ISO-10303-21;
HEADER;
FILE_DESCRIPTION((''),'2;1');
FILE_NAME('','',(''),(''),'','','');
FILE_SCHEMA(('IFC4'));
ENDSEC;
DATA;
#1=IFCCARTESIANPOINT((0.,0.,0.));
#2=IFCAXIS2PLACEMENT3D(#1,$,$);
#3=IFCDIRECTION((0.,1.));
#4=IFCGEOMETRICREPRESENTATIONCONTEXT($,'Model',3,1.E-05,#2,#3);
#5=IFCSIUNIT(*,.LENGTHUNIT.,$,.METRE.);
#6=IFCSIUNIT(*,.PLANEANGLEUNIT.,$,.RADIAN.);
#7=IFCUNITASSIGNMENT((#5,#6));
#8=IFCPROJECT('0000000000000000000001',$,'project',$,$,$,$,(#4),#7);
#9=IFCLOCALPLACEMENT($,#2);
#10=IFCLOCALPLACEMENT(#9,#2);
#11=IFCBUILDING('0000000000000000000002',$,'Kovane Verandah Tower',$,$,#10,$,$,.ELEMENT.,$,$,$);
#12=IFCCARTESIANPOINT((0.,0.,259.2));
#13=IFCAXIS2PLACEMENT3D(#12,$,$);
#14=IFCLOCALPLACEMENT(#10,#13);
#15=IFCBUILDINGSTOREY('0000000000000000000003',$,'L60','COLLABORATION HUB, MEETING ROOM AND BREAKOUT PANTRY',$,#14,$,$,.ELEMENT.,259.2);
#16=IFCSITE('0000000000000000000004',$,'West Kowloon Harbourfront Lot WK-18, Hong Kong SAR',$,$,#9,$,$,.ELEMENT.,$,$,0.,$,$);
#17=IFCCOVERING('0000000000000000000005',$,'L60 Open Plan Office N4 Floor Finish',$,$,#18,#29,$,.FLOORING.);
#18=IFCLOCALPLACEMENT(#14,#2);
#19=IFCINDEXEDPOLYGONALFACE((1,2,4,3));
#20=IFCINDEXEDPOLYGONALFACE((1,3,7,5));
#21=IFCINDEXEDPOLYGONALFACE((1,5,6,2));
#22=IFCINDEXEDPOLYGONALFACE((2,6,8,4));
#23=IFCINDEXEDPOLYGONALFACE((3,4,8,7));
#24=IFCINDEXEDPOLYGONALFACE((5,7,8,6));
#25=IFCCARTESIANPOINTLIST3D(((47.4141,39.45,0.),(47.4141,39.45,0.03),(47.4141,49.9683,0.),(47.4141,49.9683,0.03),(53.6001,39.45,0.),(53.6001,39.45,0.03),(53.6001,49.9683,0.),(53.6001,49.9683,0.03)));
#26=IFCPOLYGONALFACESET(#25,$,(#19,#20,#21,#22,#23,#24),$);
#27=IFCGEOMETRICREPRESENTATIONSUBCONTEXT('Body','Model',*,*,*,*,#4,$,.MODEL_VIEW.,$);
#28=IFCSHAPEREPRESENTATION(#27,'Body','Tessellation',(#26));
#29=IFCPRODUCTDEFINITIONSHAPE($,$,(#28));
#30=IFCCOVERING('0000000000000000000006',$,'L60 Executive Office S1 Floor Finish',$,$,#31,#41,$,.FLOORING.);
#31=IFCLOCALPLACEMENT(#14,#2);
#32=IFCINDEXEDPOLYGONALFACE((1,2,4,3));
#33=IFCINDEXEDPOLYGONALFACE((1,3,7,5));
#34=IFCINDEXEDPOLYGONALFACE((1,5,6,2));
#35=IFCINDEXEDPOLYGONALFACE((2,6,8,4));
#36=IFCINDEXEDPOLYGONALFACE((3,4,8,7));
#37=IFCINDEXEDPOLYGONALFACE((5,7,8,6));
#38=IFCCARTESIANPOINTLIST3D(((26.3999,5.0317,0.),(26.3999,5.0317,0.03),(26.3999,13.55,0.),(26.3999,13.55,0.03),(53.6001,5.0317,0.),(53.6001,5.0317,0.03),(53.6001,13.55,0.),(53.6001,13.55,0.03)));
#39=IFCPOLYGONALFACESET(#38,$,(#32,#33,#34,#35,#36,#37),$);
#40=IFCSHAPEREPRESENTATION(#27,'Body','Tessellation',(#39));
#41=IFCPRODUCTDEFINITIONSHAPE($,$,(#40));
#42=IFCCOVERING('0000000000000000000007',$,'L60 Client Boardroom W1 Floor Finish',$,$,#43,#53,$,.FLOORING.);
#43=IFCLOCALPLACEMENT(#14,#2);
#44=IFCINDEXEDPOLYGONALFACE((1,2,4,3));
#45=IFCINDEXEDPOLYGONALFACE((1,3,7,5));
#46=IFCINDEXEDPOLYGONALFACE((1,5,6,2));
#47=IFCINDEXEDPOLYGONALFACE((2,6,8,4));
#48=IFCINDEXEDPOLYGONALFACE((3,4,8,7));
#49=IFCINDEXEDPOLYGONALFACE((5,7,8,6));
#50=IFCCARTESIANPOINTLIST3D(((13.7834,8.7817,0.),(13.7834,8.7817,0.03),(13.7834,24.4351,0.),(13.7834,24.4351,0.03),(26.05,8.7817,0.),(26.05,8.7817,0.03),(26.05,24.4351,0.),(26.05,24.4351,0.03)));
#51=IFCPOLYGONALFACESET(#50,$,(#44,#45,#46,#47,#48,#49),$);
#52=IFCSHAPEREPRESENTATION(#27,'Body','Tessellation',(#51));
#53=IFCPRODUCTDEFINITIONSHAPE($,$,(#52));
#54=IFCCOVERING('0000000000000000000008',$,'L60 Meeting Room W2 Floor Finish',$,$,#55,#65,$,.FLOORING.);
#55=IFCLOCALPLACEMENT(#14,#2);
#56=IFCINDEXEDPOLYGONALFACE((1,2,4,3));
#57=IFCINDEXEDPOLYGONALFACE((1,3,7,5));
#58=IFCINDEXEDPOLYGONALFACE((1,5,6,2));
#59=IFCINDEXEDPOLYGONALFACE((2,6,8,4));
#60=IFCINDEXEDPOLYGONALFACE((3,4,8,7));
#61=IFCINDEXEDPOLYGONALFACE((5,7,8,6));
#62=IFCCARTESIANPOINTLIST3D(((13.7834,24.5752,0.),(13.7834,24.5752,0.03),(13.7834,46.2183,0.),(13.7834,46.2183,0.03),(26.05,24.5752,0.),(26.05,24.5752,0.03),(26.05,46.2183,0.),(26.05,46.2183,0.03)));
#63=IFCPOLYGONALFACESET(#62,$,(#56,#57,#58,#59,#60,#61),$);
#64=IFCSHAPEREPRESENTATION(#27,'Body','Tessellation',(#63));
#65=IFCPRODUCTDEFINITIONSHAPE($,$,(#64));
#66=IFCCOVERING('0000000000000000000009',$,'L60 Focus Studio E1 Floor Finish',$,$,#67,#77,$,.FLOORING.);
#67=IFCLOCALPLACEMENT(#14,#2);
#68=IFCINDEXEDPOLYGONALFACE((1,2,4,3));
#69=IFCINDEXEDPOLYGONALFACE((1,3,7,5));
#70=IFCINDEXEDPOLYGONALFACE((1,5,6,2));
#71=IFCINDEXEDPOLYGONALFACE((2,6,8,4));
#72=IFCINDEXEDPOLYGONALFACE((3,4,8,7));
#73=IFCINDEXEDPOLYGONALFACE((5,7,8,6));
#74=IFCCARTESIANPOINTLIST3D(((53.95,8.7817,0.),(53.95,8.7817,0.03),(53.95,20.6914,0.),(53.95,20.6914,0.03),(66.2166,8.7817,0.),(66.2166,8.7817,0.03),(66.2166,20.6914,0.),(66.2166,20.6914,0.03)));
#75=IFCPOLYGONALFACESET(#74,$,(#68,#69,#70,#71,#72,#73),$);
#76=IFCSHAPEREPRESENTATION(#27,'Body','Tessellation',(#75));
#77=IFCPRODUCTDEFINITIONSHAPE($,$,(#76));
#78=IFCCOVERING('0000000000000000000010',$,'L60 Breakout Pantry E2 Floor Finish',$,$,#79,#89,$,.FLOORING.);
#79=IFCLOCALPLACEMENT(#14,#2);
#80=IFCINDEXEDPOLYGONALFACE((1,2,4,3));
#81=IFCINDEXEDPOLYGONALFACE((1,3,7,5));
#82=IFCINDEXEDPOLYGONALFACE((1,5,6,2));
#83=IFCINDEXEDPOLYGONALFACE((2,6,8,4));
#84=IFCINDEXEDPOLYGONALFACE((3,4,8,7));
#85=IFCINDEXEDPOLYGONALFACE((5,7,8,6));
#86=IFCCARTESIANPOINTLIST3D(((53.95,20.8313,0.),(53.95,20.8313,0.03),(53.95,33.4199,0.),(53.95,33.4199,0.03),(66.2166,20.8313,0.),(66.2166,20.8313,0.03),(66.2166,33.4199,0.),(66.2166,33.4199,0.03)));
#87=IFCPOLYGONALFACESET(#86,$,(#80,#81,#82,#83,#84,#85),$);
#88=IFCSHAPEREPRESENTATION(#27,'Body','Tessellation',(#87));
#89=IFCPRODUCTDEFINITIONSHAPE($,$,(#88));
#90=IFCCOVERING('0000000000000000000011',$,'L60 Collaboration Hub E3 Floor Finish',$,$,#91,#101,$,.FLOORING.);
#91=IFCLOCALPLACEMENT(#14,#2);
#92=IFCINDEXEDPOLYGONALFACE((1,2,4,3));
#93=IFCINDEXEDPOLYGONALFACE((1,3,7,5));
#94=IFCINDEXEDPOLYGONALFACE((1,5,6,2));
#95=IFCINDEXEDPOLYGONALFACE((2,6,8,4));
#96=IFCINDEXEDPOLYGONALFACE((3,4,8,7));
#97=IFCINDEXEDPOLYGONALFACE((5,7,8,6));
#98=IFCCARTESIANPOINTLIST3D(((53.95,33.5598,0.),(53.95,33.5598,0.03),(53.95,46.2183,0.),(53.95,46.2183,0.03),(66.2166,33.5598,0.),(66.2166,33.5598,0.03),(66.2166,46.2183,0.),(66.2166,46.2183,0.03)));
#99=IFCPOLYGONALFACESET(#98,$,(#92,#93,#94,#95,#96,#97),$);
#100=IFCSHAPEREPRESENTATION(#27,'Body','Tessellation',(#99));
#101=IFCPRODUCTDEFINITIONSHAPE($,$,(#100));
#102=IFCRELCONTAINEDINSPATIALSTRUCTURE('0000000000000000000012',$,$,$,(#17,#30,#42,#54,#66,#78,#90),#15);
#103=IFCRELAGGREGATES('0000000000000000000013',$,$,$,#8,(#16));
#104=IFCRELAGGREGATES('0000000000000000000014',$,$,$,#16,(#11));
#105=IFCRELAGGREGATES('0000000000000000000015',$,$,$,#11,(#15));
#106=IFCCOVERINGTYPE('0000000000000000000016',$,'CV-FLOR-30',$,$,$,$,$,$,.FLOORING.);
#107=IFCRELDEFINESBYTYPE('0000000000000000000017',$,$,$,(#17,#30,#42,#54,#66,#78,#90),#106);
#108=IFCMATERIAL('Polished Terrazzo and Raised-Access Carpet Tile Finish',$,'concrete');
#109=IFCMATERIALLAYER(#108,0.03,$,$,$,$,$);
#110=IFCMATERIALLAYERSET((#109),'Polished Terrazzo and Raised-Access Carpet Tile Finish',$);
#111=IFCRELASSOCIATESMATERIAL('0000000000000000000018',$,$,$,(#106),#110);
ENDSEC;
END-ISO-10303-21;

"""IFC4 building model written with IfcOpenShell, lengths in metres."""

from ifc_helpers import new_model, si_unit, direction, frame, origin, place, context, subcontext, project, spatial, polyline, outline, extrude, material, layer, layer_set, type_object, element, save


model = new_model("IFC4")

# Units and contexts
model_context = context("Model", 3, precision=1e-05, world=origin(), true_north=direction((0.0, 1.0)))
body_context = subcontext(model_context, "Body", "Model", "MODEL_VIEW")
ifc_project = project(units=[si_unit("LENGTHUNIT", "METRE"), si_unit("PLANEANGLEUNIT", "RADIAN")], contexts=[model_context])

# Site, building, storey
site_placement = place(None, origin())
site = spatial("IfcSite", under=ifc_project, at=site_placement, Name="West Kowloon Harbourfront Lot WK-18, Hong Kong SAR", CompositionType="ELEMENT", RefElevation=0.0)
building_placement = place(site_placement, origin())
building = spatial("IfcBuilding", under=site, at=building_placement, Name="Kovane Verandah Tower", CompositionType="ELEMENT")
storey_placement = place(building_placement, frame((0.0, 0.0, 259.2)))
storey = spatial("IfcBuildingStorey", under=building, at=storey_placement, Name="L60", Description="COLLABORATION HUB, MEETING ROOM AND BREAKOUT PANTRY", CompositionType="ELEMENT", Elevation=259.2)

# Coverings
ifc_material_1 = material(Name="Polished Terrazzo and Raised-Access Carpet Tile Finish", Category="concrete")
ifc_layer_1 = layer(ifc_material_1, 0.03)
ifc_layer_set_1 = layer_set([ifc_layer_1], Name="Polished Terrazzo and Raised-Access Carpet Tile Finish")
covering_type_1 = type_object("IfcCoveringType", Name="CV-FLOR-30", PredefinedType="FLOORING", material=ifc_layer_set_1)
covering_1_placement = place(storey_placement, origin())
element("IfcCovering", 1, at=covering_1_placement, inside=storey, type_object=covering_type_1, Name="L60 Open Plan Office N4 Floor Finish", PredefinedType="FLOORING", context=body_context, shape_type="SweptSolid", body=[
    extrude(outline(polyline([(47.4141, 39.45), (53.6001, 39.45), (53.6001, 49.9683), (47.4141, 49.9683), (47.4141, 39.45)])), origin(), (0.0, 0.0, 1.0), 0.03),
])
covering_2_placement = place(storey_placement, origin())
element("IfcCovering", 2, at=covering_2_placement, inside=storey, type_object=covering_type_1, Name="L60 Executive Office S1 Floor Finish", PredefinedType="FLOORING", context=body_context, shape_type="SweptSolid", body=[
    extrude(outline(polyline([(26.3999, 5.0317), (53.6001, 5.0317), (53.6001, 13.55), (26.3999, 13.55), (26.3999, 5.0317)])), origin(), (0.0, 0.0, 1.0), 0.03),
])
covering_3_placement = place(storey_placement, origin())
element("IfcCovering", 3, at=covering_3_placement, inside=storey, type_object=covering_type_1, Name="L60 Client Boardroom W1 Floor Finish", PredefinedType="FLOORING", context=body_context, shape_type="SweptSolid", body=[
    extrude(outline(polyline([(13.7834, 8.7817), (26.05, 8.7817), (26.05, 24.4351), (13.7834, 24.4351), (13.7834, 8.7817)])), origin(), (0.0, 0.0, 1.0), 0.03),
])
covering_4_placement = place(storey_placement, origin())
element("IfcCovering", 4, at=covering_4_placement, inside=storey, type_object=covering_type_1, Name="L60 Meeting Room W2 Floor Finish", PredefinedType="FLOORING", context=body_context, shape_type="SweptSolid", body=[
    extrude(outline(polyline([(13.7834, 24.5752), (26.05, 24.5752), (26.05, 46.2183), (13.7834, 46.2183), (13.7834, 24.5752)])), origin(), (0.0, 0.0, 1.0), 0.03),
])
covering_5_placement = place(storey_placement, origin())
element("IfcCovering", 5, at=covering_5_placement, inside=storey, type_object=covering_type_1, Name="L60 Focus Studio E1 Floor Finish", PredefinedType="FLOORING", context=body_context, shape_type="SweptSolid", body=[
    extrude(outline(polyline([(53.95, 8.7817), (66.2166, 8.7817), (66.2166, 20.6914), (53.95, 20.6914), (53.95, 8.7817)])), origin(), (0.0, 0.0, 1.0), 0.03),
])
covering_6_placement = place(storey_placement, origin())
element("IfcCovering", 6, at=covering_6_placement, inside=storey, type_object=covering_type_1, Name="L60 Breakout Pantry E2 Floor Finish", PredefinedType="FLOORING", context=body_context, shape_type="SweptSolid", body=[
    extrude(outline(polyline([(53.95, 20.8313), (66.2166, 20.8313), (66.2166, 33.4199), (53.95, 33.4199), (53.95, 20.8313)])), origin(), (0.0, 0.0, 1.0), 0.03),
])
covering_7_placement = place(storey_placement, origin())
element("IfcCovering", 7, at=covering_7_placement, inside=storey, type_object=covering_type_1, Name="L60 Collaboration Hub E3 Floor Finish", PredefinedType="FLOORING", context=body_context, shape_type="SweptSolid", body=[
    extrude(outline(polyline([(53.95, 33.5598), (66.2166, 33.5598), (66.2166, 46.2183), (53.95, 46.2183), (53.95, 33.5598)])), origin(), (0.0, 0.0, 1.0), 0.03),
])

save(model, "model.ifc")
